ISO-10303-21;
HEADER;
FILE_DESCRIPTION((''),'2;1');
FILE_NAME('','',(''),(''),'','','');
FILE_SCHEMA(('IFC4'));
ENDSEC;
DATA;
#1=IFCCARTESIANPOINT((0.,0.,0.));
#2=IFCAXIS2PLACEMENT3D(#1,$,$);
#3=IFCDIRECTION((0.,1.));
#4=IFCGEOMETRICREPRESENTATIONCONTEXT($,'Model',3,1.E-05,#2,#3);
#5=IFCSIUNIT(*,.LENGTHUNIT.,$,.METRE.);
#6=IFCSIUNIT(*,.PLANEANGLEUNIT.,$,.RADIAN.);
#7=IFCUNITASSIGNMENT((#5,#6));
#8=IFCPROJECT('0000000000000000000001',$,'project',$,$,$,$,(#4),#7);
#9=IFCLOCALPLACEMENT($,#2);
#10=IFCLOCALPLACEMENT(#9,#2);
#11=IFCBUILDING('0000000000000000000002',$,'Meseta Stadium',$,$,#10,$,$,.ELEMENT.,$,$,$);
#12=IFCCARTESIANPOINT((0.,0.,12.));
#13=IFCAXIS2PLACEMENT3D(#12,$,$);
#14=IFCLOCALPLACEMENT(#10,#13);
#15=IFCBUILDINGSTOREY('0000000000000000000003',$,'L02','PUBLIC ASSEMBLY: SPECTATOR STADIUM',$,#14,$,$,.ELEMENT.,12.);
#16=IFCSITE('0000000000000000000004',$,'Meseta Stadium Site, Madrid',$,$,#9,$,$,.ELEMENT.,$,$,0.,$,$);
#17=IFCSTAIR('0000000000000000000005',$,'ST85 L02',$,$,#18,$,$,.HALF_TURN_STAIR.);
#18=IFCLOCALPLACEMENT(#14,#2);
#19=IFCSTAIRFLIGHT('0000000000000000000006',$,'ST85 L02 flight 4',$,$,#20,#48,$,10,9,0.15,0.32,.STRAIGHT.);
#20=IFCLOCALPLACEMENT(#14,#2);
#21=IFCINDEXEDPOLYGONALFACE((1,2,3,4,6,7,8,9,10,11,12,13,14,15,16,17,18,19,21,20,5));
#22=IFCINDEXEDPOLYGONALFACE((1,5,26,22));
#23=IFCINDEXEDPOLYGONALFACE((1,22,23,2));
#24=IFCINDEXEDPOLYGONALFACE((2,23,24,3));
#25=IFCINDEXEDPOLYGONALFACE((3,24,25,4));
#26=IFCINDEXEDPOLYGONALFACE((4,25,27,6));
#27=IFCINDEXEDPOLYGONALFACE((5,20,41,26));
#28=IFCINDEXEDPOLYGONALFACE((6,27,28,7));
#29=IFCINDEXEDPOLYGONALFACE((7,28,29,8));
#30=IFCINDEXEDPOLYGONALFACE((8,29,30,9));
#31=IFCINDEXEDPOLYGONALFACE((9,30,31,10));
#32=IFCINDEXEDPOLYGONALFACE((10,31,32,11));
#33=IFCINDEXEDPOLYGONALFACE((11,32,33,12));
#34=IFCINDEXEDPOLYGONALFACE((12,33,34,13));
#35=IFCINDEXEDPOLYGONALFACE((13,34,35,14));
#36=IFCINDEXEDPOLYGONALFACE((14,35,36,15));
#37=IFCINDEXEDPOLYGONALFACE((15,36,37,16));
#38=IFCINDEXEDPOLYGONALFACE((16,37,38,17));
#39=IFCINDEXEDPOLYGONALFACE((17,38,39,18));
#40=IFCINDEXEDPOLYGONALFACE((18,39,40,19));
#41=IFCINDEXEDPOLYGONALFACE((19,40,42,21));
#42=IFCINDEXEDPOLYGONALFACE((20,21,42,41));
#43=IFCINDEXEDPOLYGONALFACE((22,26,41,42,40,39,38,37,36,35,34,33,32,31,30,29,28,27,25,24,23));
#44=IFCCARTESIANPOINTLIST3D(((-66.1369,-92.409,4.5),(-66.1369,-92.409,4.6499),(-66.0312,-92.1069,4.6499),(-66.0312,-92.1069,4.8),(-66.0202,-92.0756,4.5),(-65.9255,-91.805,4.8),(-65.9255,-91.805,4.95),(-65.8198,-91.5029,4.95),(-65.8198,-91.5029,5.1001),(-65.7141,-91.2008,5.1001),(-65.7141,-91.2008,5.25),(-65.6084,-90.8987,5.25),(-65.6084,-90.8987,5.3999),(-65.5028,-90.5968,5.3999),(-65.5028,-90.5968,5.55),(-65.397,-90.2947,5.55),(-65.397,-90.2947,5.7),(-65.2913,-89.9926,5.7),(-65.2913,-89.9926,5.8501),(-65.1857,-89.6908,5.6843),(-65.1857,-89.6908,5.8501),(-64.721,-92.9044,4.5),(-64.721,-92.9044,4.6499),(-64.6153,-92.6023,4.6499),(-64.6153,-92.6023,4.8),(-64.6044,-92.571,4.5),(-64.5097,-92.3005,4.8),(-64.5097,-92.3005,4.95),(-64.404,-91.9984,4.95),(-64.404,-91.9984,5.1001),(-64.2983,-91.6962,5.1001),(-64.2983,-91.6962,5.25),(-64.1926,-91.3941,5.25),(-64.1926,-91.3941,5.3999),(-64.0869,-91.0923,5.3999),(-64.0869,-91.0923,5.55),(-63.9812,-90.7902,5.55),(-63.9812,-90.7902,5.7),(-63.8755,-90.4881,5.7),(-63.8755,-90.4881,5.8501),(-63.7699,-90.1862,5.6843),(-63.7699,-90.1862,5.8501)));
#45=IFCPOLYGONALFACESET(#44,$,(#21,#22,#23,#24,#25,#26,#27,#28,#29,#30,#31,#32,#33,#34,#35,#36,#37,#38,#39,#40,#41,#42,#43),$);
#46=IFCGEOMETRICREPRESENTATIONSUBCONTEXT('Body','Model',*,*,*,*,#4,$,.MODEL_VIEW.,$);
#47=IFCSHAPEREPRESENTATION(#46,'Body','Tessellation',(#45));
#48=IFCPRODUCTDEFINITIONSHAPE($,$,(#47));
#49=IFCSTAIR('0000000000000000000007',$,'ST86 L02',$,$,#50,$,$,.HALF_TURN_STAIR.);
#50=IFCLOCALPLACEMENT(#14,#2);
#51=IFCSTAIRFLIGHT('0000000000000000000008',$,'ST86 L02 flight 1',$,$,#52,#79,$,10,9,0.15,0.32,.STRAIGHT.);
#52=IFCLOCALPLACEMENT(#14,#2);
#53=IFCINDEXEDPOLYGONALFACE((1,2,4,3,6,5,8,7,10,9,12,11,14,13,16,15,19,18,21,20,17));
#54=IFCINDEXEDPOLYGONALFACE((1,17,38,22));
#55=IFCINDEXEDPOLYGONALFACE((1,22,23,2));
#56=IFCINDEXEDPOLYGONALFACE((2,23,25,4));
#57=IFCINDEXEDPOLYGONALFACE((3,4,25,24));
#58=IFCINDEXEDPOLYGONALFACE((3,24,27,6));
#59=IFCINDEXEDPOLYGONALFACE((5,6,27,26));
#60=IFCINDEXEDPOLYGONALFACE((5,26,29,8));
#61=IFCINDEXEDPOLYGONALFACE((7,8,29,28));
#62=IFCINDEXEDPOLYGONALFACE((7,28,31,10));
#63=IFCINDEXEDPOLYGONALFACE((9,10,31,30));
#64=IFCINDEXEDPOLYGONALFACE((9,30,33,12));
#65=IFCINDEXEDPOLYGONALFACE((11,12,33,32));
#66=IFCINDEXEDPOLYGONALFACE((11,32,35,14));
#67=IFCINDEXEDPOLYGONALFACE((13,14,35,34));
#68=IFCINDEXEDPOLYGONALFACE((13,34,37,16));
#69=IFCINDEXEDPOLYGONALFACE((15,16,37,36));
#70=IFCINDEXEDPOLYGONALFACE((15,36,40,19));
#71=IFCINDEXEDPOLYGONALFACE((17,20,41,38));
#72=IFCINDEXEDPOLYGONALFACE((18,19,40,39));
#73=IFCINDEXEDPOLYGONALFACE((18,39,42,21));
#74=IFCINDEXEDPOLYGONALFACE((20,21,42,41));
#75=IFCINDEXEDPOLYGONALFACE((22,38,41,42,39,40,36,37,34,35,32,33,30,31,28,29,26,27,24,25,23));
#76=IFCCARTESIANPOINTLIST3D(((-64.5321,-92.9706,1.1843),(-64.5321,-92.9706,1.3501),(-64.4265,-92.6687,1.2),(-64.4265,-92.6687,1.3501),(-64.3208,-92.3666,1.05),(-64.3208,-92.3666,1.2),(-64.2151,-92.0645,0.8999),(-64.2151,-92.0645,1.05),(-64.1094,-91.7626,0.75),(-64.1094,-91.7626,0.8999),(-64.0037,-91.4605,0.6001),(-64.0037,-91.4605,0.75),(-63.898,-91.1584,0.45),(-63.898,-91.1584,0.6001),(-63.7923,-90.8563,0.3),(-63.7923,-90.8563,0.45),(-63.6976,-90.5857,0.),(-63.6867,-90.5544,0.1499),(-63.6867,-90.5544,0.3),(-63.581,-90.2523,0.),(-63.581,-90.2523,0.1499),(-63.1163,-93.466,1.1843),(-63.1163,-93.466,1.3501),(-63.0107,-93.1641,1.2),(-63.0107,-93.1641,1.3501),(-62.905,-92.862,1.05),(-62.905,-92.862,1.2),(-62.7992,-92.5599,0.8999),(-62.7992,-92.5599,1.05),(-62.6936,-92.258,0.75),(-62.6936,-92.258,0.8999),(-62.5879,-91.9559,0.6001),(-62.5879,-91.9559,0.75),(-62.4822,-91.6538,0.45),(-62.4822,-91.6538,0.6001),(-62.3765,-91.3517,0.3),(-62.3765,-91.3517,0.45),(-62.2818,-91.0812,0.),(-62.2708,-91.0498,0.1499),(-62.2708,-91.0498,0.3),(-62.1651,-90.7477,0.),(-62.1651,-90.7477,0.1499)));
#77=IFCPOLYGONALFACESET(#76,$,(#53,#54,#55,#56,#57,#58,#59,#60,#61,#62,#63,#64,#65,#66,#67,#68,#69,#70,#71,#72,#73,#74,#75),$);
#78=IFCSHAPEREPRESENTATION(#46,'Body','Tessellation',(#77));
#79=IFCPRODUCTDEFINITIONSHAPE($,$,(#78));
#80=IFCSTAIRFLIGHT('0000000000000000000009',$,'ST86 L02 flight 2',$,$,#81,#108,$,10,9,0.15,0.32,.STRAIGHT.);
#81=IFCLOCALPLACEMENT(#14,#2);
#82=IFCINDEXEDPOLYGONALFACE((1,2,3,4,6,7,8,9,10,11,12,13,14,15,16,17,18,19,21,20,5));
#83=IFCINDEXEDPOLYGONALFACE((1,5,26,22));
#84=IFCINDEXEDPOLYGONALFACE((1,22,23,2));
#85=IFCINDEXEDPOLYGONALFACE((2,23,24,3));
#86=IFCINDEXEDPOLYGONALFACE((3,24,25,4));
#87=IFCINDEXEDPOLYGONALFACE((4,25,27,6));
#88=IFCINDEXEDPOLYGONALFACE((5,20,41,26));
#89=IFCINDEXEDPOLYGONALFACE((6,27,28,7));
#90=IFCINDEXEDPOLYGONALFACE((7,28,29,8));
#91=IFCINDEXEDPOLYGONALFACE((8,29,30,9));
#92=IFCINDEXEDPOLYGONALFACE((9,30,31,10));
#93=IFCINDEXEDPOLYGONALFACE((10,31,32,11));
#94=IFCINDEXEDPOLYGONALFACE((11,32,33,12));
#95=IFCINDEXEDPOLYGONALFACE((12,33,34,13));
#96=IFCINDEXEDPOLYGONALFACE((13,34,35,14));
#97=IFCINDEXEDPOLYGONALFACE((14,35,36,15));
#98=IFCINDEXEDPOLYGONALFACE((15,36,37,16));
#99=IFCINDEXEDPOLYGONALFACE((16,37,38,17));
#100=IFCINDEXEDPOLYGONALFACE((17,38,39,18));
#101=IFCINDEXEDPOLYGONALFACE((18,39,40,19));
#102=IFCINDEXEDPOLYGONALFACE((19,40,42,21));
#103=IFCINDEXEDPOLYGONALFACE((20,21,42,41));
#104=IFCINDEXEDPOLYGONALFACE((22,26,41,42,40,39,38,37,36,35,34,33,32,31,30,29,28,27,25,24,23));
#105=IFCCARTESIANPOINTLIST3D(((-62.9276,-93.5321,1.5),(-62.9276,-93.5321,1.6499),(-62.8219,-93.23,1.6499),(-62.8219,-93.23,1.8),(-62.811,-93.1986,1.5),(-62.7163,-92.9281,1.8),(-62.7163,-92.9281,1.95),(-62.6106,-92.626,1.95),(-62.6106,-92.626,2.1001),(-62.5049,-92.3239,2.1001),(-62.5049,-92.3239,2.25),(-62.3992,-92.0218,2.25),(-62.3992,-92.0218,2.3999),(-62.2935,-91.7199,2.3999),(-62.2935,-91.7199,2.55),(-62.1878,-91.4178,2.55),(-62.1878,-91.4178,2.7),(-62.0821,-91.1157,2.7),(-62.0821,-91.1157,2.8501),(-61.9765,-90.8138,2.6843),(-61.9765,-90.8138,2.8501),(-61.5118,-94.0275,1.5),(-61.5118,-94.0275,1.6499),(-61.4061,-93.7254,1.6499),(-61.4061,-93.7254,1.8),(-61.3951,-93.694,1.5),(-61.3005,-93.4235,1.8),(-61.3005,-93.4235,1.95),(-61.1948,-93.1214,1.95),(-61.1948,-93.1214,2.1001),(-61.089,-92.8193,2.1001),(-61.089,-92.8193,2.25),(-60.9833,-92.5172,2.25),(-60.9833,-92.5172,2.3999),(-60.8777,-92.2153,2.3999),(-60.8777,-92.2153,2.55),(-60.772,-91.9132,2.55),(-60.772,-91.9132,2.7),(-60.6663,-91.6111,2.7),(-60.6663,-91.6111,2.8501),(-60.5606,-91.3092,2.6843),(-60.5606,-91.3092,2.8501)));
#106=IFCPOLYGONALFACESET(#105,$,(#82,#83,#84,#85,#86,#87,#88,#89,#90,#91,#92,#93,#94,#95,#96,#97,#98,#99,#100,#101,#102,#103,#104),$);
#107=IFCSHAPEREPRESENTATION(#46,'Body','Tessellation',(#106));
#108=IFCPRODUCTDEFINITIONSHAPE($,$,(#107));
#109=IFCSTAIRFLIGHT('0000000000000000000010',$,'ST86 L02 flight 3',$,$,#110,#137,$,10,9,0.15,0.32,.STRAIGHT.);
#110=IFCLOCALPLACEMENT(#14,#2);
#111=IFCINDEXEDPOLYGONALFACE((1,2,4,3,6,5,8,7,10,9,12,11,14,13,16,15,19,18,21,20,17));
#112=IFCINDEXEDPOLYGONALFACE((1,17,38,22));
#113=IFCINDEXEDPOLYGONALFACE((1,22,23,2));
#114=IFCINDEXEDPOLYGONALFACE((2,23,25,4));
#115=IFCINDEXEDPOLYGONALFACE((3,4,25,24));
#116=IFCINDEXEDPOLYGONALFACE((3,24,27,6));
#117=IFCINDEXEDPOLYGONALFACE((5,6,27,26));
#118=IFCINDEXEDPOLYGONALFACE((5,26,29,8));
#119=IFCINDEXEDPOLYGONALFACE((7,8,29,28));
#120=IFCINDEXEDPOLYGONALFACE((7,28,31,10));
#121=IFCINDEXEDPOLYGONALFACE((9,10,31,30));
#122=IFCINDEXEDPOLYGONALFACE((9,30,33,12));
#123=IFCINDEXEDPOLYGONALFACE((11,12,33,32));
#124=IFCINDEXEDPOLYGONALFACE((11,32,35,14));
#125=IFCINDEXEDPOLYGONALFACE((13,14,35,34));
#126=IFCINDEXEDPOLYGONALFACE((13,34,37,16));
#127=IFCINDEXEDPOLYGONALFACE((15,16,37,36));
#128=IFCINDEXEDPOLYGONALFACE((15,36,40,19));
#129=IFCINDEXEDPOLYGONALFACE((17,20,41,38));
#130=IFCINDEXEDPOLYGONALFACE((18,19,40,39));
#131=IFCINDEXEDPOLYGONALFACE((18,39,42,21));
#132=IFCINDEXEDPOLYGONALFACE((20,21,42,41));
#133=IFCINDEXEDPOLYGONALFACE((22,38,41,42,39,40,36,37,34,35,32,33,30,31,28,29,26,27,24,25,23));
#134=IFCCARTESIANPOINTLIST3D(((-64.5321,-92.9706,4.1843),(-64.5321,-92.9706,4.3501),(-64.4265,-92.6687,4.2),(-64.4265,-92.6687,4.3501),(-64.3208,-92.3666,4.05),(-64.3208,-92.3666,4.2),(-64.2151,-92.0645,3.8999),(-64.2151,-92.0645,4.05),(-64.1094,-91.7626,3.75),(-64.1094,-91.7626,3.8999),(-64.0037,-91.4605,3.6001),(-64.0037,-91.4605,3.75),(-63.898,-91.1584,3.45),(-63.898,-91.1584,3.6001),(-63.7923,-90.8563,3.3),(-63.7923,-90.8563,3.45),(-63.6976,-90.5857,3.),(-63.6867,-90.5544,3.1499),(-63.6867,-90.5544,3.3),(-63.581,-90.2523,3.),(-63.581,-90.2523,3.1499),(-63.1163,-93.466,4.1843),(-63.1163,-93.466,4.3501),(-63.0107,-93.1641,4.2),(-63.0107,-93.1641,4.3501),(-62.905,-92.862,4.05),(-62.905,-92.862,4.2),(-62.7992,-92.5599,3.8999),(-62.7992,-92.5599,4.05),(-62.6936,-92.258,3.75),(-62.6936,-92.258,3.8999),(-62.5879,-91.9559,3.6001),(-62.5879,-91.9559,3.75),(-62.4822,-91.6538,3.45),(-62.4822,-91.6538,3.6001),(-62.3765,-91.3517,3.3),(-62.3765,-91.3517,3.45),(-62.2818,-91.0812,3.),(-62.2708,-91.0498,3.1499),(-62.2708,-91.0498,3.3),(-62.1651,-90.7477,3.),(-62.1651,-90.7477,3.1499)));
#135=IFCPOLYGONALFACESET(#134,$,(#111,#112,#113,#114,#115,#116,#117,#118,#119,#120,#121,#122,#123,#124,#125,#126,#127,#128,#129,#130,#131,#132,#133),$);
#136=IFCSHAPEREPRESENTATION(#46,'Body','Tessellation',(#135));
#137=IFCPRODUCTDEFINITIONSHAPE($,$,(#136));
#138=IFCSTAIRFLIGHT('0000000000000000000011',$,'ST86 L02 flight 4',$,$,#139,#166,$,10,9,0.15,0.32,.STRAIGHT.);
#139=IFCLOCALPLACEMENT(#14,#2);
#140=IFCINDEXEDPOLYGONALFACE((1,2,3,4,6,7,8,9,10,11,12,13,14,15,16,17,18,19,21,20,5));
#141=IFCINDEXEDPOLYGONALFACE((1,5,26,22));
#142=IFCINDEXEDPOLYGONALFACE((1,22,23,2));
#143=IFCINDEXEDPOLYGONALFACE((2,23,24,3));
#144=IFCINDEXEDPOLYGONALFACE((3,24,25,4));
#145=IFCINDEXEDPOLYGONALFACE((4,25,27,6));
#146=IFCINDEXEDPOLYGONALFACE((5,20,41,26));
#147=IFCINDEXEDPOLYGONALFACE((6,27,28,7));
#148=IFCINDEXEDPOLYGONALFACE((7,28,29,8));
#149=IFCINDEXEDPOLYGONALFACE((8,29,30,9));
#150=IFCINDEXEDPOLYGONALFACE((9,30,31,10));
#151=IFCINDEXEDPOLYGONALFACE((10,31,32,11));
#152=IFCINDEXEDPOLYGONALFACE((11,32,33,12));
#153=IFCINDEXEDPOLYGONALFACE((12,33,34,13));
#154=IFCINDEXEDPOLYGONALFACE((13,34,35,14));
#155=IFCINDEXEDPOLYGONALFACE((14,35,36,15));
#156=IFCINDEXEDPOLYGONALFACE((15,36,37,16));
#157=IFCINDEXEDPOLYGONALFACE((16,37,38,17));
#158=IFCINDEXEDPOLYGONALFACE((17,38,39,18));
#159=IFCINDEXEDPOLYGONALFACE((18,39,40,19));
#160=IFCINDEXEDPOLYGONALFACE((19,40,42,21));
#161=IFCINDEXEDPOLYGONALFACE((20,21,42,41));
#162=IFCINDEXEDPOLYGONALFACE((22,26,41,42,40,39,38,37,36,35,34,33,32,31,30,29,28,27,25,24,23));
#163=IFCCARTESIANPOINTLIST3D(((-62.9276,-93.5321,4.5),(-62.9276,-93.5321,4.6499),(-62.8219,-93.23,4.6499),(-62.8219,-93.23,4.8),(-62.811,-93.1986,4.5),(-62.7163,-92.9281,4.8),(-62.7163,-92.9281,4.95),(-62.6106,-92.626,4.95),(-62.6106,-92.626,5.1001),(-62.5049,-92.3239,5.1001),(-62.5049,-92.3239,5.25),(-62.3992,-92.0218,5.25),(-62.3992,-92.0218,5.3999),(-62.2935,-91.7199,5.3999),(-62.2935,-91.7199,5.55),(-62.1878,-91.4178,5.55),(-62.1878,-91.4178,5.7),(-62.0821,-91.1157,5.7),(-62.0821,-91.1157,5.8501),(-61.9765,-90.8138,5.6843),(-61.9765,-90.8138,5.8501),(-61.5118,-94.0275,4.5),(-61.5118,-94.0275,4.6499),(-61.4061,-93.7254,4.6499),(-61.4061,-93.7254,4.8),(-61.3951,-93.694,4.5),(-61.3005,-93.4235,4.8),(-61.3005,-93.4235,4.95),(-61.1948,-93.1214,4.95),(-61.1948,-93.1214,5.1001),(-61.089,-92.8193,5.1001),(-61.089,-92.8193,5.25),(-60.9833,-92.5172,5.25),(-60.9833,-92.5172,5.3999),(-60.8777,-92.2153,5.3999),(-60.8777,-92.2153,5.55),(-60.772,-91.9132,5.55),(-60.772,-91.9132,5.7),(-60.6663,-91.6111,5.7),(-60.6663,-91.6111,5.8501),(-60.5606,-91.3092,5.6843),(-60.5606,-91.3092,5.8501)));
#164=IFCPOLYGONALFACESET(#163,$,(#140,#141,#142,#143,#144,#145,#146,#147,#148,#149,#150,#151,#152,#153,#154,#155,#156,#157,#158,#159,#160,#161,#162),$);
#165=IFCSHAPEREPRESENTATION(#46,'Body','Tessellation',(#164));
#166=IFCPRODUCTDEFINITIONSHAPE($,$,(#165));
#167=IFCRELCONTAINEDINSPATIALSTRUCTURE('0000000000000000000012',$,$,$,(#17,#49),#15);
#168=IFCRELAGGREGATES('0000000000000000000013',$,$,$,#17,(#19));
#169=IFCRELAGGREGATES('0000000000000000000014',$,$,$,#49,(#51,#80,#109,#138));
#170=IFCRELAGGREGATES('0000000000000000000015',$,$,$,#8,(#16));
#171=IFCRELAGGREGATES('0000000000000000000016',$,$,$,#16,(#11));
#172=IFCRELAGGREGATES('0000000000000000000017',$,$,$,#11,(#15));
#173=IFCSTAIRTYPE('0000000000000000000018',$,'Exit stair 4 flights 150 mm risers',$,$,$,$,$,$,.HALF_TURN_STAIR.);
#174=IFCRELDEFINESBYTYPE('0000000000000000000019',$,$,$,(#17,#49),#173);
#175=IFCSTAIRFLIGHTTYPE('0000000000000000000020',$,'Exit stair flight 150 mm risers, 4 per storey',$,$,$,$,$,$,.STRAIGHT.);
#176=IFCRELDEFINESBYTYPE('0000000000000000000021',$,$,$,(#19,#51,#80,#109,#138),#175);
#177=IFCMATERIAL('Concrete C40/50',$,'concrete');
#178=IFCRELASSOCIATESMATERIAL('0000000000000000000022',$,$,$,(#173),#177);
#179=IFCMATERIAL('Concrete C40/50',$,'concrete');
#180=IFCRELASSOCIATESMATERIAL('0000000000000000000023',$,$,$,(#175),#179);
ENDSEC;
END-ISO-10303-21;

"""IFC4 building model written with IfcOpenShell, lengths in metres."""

from ifc_helpers import new_model, si_unit, direction, frame, origin, place, context, subcontext, project, spatial, polyline, outline, extrude, material, type_object, element, aggregate, save


model = new_model("IFC4")

# Units and contexts
model_context = context("Model", 3, precision=1e-05, world=origin(), true_north=direction((0.0, 1.0)))
body_context = subcontext(model_context, "Body", "Model", "MODEL_VIEW")
ifc_project = project(units=[si_unit("LENGTHUNIT", "METRE"), si_unit("PLANEANGLEUNIT", "RADIAN")], contexts=[model_context])

# Site, building, storey
site_placement = place(None, origin())
site = spatial("IfcSite", under=ifc_project, at=site_placement, Name="Meseta Stadium Site, Madrid", CompositionType="ELEMENT", RefElevation=0.0)
building_placement = place(site_placement, origin())
building = spatial("IfcBuilding", under=site, at=building_placement, Name="Meseta Stadium", CompositionType="ELEMENT")
storey_placement = place(building_placement, frame((0.0, 0.0, 12.0)))
storey = spatial("IfcBuildingStorey", under=building, at=storey_placement, Name="L02", Description="PUBLIC ASSEMBLY: SPECTATOR STADIUM", CompositionType="ELEMENT", Elevation=12.0)

# Stairs, stair flights
ifc_material_1 = material(Name="Concrete C40/50", Category="concrete")
stair_type = type_object("IfcStairType", Name="Exit stair 4 flights 150 mm risers", PredefinedType="HALF_TURN_STAIR", material=ifc_material_1)
stair_1_placement = place(storey_placement, origin())
stair_1 = element("IfcStair", 1, at=stair_1_placement, inside=storey, type_object=stair_type, Name="ST85 L02", PredefinedType="HALF_TURN_STAIR")
ifc_material_2 = material(Name="Concrete C40/50", Category="concrete")
stair_flight_type = type_object("IfcStairFlightType", Name="Exit stair flight 150 mm risers, 4 per storey", PredefinedType="STRAIGHT", material=ifc_material_2)
stair_flight_1_placement = place(storey_placement, frame((-65.429, -92.6567, 4.5), z_axis=(0.0, 0.0, 1.0), x_axis=(0.330279, 0.943883, 0.0)))
stair_flight_1 = element("IfcStairFlight", 2, at=stair_flight_1_placement, type_object=stair_flight_type, Name="ST85 L02 flight 4", NumberOfRisers=10, NumberOfTreads=9, PredefinedType="STRAIGHT", RiserHeight=0.15, TreadLength=0.32, context=body_context, shape_type="SweptSolid", body=[
    extrude(outline(polyline([(0.0, 0.0), (0.0, 0.1499), (0.3201, 0.1499), (0.3201, 0.3), (0.6399, 0.3), (0.6399, 0.45), (0.96, 0.45), (0.96, 0.6001), (1.28, 0.6001), (1.28, 0.75), (1.6001, 0.75), (1.6001, 0.8999), (1.9199, 0.8999), (1.9199, 1.05), (2.24, 1.05), (2.24, 1.2), (2.5601, 1.2), (2.5601, 1.3501), (2.8799, 1.3501), (2.8799, 1.1843), (0.3533, 0.0), (0.0, 0.0)])), frame((0.0, 0.75, 0.0), z_axis=(0.0, -1.0, 0.0), x_axis=(1.0, 0.0, 0.0)), (0.0, 0.0, 1.0), 1.5),
])
aggregate(stair_1, [stair_flight_1])
stair_2_placement = place(storey_placement, origin())
stair_2 = element("IfcStair", 3, at=stair_2_placement, inside=storey, type_object=stair_type, Name="ST86 L02", PredefinedType="HALF_TURN_STAIR")
stair_flight_2_placement = place(storey_placement, frame((-62.873, -90.5, 0.0), z_axis=(0.0, 0.0, 1.0), x_axis=(-0.330279, -0.943883, 0.0)))
stair_flight_2 = element("IfcStairFlight", 4, at=stair_flight_2_placement, type_object=stair_flight_type, Name="ST86 L02 flight 1", NumberOfRisers=10, NumberOfTreads=9, PredefinedType="STRAIGHT", RiserHeight=0.15, TreadLength=0.32, context=body_context, shape_type="SweptSolid", body=[
    extrude(outline(polyline([(0.0, 0.0), (0.0, 0.1499), (0.3201, 0.1499), (0.3201, 0.3), (0.6399, 0.3), (0.6399, 0.45), (0.96, 0.45), (0.96, 0.6001), (1.28, 0.6001), (1.28, 0.75), (1.6001, 0.75), (1.6001, 0.8999), (1.9199, 0.8999), (1.9199, 1.05), (2.24, 1.05), (2.24, 1.2), (2.5601, 1.2), (2.5601, 1.3501), (2.8799, 1.3501), (2.8799, 1.1843), (0.3533, 0.0), (0.0, 0.0)])), frame((0.0, 0.75, 0.0), z_axis=(0.0, -1.0, 0.0), x_axis=(1.0, 0.0, 0.0)), (0.0, 0.0, 1.0), 1.5),
])
stair_flight_3_placement = place(storey_placement, frame((-62.2197, -93.7798, 1.5), z_axis=(0.0, 0.0, 1.0), x_axis=(0.330279, 0.943883, 0.0)))
stair_flight_3 = element("IfcStairFlight", 5, at=stair_flight_3_placement, type_object=stair_flight_type, Name="ST86 L02 flight 2", NumberOfRisers=10, NumberOfTreads=9, PredefinedType="STRAIGHT", RiserHeight=0.15, TreadLength=0.32, context=body_context, shape_type="SweptSolid", body=[
    extrude(outline(polyline([(0.0, 0.0), (0.0, 0.1499), (0.3201, 0.1499), (0.3201, 0.3), (0.6399, 0.3), (0.6399, 0.45), (0.96, 0.45), (0.96, 0.6001), (1.28, 0.6001), (1.28, 0.75), (1.6001, 0.75), (1.6001, 0.8999), (1.9199, 0.8999), (1.9199, 1.05), (2.24, 1.05), (2.24, 1.2), (2.5601, 1.2), (2.5601, 1.3501), (2.8799, 1.3501), (2.8799, 1.1843), (0.3533, 0.0), (0.0, 0.0)])), frame((0.0, 0.75, 0.0), z_axis=(0.0, -1.0, 0.0), x_axis=(1.0, 0.0, 0.0)), (0.0, 0.0, 1.0), 1.5),
])
stair_flight_4_placement = place(storey_placement, frame((-62.873, -90.5, 3.0), z_axis=(0.0, 0.0, 1.0), x_axis=(-0.330279, -0.943883, 0.0)))
stair_flight_4 = element("IfcStairFlight", 6, at=stair_flight_4_placement, type_object=stair_flight_type, Name="ST86 L02 flight 3", NumberOfRisers=10, NumberOfTreads=9, PredefinedType="STRAIGHT", RiserHeight=0.15, TreadLength=0.32, context=body_context, shape_type="SweptSolid", body=[
    extrude(outline(polyline([(0.0, 0.0), (0.0, 0.1499), (0.3201, 0.1499), (0.3201, 0.3), (0.6399, 0.3), (0.6399, 0.45), (0.96, 0.45), (0.96, 0.6001), (1.28, 0.6001), (1.28, 0.75), (1.6001, 0.75), (1.6001, 0.8999), (1.9199, 0.8999), (1.9199, 1.05), (2.24, 1.05), (2.24, 1.2), (2.5601, 1.2), (2.5601, 1.3501), (2.8799, 1.3501), (2.8799, 1.1843), (0.3533, 0.0), (0.0, 0.0)])), frame((0.0, 0.75, 0.0), z_axis=(0.0, -1.0, 0.0), x_axis=(1.0, 0.0, 0.0)), (0.0, 0.0, 1.0), 1.5),
])
stair_flight_5_placement = place(storey_placement, frame((-62.2197, -93.7798, 4.5), z_axis=(0.0, 0.0, 1.0), x_axis=(0.330279, 0.943883, 0.0)))
stair_flight_5 = element("IfcStairFlight", 7, at=stair_flight_5_placement, type_object=stair_flight_type, Name="ST86 L02 flight 4", NumberOfRisers=10, NumberOfTreads=9, PredefinedType="STRAIGHT", RiserHeight=0.15, TreadLength=0.32, context=body_context, shape_type="SweptSolid", body=[
    extrude(outline(polyline([(0.0, 0.0), (0.0, 0.1499), (0.3201, 0.1499), (0.3201, 0.3), (0.6399, 0.3), (0.6399, 0.45), (0.96, 0.45), (0.96, 0.6001), (1.28, 0.6001), (1.28, 0.75), (1.6001, 0.75), (1.6001, 0.8999), (1.9199, 0.8999), (1.9199, 1.05), (2.24, 1.05), (2.24, 1.2), (2.5601, 1.2), (2.5601, 1.3501), (2.8799, 1.3501), (2.8799, 1.1843), (0.3533, 0.0), (0.0, 0.0)])), frame((0.0, 0.75, 0.0), z_axis=(0.0, -1.0, 0.0), x_axis=(1.0, 0.0, 0.0)), (0.0, 0.0, 1.0), 1.5),
])
aggregate(stair_2, [stair_flight_2, stair_flight_3, stair_flight_4, stair_flight_5])

save(model, "model.ifc")
